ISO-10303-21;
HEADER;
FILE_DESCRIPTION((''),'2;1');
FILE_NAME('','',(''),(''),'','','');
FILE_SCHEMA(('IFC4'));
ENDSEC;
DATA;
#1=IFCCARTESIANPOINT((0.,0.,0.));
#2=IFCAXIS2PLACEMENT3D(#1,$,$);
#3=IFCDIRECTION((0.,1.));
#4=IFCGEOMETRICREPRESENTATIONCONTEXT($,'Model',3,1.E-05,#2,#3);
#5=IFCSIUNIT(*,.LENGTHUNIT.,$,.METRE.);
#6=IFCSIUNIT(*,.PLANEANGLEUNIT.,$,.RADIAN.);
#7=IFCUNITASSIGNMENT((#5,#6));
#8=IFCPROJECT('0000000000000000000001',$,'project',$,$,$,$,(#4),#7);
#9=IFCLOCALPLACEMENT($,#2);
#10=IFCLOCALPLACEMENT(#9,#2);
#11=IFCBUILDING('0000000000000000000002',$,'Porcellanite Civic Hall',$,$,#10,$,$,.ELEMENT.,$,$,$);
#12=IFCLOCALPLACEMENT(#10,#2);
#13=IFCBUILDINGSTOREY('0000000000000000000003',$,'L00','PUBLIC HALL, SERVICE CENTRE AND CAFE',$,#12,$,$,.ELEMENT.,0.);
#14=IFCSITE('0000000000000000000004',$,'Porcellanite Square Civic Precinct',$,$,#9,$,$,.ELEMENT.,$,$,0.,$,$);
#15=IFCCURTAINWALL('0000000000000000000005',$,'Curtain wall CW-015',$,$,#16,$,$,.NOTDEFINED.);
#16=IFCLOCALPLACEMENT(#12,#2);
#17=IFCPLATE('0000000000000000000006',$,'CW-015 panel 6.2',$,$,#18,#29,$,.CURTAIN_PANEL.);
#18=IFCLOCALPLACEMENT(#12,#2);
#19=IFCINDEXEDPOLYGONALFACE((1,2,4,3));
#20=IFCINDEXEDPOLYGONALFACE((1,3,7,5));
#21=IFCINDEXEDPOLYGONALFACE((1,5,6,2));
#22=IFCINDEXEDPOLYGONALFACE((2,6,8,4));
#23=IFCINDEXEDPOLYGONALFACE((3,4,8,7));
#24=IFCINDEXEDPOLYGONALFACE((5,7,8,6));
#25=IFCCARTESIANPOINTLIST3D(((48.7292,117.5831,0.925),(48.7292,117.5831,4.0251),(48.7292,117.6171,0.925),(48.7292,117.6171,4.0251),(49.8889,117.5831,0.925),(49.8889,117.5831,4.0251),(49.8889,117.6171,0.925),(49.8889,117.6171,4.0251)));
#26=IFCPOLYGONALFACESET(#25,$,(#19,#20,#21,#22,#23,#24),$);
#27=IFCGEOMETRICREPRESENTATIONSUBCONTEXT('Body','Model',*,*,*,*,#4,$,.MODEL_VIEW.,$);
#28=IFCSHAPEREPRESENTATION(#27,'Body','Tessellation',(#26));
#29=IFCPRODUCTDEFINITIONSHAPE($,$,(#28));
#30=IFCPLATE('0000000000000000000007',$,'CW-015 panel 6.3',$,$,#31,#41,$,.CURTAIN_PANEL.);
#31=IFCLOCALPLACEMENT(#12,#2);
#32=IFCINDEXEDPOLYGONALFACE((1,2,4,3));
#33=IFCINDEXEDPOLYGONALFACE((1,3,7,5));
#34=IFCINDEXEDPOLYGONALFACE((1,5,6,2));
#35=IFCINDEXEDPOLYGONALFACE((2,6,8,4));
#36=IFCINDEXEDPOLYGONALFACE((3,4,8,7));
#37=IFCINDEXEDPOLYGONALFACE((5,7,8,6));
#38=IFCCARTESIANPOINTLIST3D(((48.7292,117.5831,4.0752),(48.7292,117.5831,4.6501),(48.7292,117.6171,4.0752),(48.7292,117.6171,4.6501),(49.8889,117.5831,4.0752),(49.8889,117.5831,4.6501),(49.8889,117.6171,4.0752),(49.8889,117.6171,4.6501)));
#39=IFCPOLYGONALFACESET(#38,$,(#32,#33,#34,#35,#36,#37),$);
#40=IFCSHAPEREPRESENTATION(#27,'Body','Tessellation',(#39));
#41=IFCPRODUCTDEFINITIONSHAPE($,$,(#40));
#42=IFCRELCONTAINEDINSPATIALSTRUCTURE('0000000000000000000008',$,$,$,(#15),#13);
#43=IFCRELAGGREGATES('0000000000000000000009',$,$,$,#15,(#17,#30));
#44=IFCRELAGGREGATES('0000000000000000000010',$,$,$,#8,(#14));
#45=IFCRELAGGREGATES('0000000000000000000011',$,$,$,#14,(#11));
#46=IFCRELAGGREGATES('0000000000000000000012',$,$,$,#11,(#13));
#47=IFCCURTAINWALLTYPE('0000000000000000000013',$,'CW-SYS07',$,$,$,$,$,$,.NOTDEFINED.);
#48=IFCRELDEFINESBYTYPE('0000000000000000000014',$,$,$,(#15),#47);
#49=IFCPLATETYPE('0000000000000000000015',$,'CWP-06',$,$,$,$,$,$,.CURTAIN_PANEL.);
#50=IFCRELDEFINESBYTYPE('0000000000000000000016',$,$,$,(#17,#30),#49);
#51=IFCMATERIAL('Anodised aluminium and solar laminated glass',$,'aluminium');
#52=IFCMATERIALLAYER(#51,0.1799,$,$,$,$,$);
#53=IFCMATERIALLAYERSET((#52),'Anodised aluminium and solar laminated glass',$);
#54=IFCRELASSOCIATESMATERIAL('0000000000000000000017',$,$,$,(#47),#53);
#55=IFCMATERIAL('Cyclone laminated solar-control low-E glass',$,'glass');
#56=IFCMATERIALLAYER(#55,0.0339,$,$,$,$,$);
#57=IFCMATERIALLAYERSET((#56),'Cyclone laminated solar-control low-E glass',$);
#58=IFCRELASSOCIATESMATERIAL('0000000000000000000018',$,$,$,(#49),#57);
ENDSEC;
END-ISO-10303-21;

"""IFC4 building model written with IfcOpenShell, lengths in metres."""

from ifc_helpers import new_model, si_unit, direction, frame, origin, origin_2d, place, context, subcontext, project, spatial, rectangle, extrude, material, layer, layer_set, type_object, element, aggregate, save


model = new_model("IFC4")

# Units and contexts
model_context = context("Model", 3, precision=1e-05, world=origin(), true_north=direction((0.0, 1.0)))
body_context = subcontext(model_context, "Body", "Model", "MODEL_VIEW")
ifc_project = project(units=[si_unit("LENGTHUNIT", "METRE"), si_unit("PLANEANGLEUNIT", "RADIAN")], contexts=[model_context])

# Site, building, storey
site_placement = place(None, origin())
site = spatial("IfcSite", under=ifc_project, at=site_placement, Name="Porcellanite Square Civic Precinct", CompositionType="ELEMENT", RefElevation=0.0)
building_placement = place(site_placement, origin())
building = spatial("IfcBuilding", under=site, at=building_placement, Name="Porcellanite Civic Hall", CompositionType="ELEMENT")
storey_placement = place(building_placement, origin())
storey = spatial("IfcBuildingStorey", under=building, at=storey_placement, Name="L00", Description="PUBLIC HALL, SERVICE CENTRE AND CAFE", CompositionType="ELEMENT", Elevation=0.0)

# Curtain wall, plates
ifc_material_1 = material(Name="Anodised aluminium and solar laminated glass", Category="aluminium")
ifc_layer_1 = layer(ifc_material_1, 0.1799)
ifc_layer_set_1 = layer_set([ifc_layer_1], Name="Anodised aluminium and solar laminated glass")
curtain_wall_type = type_object("IfcCurtainWallType", Name="CW-SYS07", PredefinedType="NOTDEFINED", material=ifc_layer_set_1)
curtain_wall_placement = place(storey_placement, origin())
curtain_wall = element("IfcCurtainWall", 1, at=curtain_wall_placement, inside=storey, type_object=curtain_wall_type, Name="Curtain wall CW-015", PredefinedType="NOTDEFINED")
ifc_material_2 = material(Name="Cyclone laminated solar-control low-E glass", Category="glass")
ifc_layer_2 = layer(ifc_material_2, 0.0339)
ifc_layer_set_2 = layer_set([ifc_layer_2], Name="Cyclone laminated solar-control low-E glass")
plate_type = type_object("IfcPlateType", Name="CWP-06", PredefinedType="CURTAIN_PANEL", material=ifc_layer_set_2)
plate_1_placement = place(storey_placement, frame((49.3091, 117.6001, 0.925), z_axis=(0.0, 0.0, 1.0), x_axis=(1.0, 0.0, 0.0)))
plate_1 = element("IfcPlate", 2, at=plate_1_placement, type_object=plate_type, Name="CW-015 panel 6.2", PredefinedType="CURTAIN_PANEL", context=body_context, shape_type="SweptSolid", body=[
    extrude(rectangle(XDim=1.1597, YDim=0.0339, at=origin_2d()), origin(), (0.0, 0.0, 1.0), 3.1001),
])
plate_2_placement = place(storey_placement, frame((49.3091, 117.6001, 4.0752), z_axis=(0.0, 0.0, 1.0), x_axis=(1.0, 0.0, 0.0)))
plate_2 = element("IfcPlate", 3, at=plate_2_placement, type_object=plate_type, Name="CW-015 panel 6.3", PredefinedType="CURTAIN_PANEL", context=body_context, shape_type="SweptSolid", body=[
    extrude(rectangle(XDim=1.1597, YDim=0.0339, at=origin_2d()), origin(), (0.0, 0.0, 1.0), 0.575),
])
aggregate(curtain_wall, [plate_1, plate_2])

save(model, "model.ifc")
